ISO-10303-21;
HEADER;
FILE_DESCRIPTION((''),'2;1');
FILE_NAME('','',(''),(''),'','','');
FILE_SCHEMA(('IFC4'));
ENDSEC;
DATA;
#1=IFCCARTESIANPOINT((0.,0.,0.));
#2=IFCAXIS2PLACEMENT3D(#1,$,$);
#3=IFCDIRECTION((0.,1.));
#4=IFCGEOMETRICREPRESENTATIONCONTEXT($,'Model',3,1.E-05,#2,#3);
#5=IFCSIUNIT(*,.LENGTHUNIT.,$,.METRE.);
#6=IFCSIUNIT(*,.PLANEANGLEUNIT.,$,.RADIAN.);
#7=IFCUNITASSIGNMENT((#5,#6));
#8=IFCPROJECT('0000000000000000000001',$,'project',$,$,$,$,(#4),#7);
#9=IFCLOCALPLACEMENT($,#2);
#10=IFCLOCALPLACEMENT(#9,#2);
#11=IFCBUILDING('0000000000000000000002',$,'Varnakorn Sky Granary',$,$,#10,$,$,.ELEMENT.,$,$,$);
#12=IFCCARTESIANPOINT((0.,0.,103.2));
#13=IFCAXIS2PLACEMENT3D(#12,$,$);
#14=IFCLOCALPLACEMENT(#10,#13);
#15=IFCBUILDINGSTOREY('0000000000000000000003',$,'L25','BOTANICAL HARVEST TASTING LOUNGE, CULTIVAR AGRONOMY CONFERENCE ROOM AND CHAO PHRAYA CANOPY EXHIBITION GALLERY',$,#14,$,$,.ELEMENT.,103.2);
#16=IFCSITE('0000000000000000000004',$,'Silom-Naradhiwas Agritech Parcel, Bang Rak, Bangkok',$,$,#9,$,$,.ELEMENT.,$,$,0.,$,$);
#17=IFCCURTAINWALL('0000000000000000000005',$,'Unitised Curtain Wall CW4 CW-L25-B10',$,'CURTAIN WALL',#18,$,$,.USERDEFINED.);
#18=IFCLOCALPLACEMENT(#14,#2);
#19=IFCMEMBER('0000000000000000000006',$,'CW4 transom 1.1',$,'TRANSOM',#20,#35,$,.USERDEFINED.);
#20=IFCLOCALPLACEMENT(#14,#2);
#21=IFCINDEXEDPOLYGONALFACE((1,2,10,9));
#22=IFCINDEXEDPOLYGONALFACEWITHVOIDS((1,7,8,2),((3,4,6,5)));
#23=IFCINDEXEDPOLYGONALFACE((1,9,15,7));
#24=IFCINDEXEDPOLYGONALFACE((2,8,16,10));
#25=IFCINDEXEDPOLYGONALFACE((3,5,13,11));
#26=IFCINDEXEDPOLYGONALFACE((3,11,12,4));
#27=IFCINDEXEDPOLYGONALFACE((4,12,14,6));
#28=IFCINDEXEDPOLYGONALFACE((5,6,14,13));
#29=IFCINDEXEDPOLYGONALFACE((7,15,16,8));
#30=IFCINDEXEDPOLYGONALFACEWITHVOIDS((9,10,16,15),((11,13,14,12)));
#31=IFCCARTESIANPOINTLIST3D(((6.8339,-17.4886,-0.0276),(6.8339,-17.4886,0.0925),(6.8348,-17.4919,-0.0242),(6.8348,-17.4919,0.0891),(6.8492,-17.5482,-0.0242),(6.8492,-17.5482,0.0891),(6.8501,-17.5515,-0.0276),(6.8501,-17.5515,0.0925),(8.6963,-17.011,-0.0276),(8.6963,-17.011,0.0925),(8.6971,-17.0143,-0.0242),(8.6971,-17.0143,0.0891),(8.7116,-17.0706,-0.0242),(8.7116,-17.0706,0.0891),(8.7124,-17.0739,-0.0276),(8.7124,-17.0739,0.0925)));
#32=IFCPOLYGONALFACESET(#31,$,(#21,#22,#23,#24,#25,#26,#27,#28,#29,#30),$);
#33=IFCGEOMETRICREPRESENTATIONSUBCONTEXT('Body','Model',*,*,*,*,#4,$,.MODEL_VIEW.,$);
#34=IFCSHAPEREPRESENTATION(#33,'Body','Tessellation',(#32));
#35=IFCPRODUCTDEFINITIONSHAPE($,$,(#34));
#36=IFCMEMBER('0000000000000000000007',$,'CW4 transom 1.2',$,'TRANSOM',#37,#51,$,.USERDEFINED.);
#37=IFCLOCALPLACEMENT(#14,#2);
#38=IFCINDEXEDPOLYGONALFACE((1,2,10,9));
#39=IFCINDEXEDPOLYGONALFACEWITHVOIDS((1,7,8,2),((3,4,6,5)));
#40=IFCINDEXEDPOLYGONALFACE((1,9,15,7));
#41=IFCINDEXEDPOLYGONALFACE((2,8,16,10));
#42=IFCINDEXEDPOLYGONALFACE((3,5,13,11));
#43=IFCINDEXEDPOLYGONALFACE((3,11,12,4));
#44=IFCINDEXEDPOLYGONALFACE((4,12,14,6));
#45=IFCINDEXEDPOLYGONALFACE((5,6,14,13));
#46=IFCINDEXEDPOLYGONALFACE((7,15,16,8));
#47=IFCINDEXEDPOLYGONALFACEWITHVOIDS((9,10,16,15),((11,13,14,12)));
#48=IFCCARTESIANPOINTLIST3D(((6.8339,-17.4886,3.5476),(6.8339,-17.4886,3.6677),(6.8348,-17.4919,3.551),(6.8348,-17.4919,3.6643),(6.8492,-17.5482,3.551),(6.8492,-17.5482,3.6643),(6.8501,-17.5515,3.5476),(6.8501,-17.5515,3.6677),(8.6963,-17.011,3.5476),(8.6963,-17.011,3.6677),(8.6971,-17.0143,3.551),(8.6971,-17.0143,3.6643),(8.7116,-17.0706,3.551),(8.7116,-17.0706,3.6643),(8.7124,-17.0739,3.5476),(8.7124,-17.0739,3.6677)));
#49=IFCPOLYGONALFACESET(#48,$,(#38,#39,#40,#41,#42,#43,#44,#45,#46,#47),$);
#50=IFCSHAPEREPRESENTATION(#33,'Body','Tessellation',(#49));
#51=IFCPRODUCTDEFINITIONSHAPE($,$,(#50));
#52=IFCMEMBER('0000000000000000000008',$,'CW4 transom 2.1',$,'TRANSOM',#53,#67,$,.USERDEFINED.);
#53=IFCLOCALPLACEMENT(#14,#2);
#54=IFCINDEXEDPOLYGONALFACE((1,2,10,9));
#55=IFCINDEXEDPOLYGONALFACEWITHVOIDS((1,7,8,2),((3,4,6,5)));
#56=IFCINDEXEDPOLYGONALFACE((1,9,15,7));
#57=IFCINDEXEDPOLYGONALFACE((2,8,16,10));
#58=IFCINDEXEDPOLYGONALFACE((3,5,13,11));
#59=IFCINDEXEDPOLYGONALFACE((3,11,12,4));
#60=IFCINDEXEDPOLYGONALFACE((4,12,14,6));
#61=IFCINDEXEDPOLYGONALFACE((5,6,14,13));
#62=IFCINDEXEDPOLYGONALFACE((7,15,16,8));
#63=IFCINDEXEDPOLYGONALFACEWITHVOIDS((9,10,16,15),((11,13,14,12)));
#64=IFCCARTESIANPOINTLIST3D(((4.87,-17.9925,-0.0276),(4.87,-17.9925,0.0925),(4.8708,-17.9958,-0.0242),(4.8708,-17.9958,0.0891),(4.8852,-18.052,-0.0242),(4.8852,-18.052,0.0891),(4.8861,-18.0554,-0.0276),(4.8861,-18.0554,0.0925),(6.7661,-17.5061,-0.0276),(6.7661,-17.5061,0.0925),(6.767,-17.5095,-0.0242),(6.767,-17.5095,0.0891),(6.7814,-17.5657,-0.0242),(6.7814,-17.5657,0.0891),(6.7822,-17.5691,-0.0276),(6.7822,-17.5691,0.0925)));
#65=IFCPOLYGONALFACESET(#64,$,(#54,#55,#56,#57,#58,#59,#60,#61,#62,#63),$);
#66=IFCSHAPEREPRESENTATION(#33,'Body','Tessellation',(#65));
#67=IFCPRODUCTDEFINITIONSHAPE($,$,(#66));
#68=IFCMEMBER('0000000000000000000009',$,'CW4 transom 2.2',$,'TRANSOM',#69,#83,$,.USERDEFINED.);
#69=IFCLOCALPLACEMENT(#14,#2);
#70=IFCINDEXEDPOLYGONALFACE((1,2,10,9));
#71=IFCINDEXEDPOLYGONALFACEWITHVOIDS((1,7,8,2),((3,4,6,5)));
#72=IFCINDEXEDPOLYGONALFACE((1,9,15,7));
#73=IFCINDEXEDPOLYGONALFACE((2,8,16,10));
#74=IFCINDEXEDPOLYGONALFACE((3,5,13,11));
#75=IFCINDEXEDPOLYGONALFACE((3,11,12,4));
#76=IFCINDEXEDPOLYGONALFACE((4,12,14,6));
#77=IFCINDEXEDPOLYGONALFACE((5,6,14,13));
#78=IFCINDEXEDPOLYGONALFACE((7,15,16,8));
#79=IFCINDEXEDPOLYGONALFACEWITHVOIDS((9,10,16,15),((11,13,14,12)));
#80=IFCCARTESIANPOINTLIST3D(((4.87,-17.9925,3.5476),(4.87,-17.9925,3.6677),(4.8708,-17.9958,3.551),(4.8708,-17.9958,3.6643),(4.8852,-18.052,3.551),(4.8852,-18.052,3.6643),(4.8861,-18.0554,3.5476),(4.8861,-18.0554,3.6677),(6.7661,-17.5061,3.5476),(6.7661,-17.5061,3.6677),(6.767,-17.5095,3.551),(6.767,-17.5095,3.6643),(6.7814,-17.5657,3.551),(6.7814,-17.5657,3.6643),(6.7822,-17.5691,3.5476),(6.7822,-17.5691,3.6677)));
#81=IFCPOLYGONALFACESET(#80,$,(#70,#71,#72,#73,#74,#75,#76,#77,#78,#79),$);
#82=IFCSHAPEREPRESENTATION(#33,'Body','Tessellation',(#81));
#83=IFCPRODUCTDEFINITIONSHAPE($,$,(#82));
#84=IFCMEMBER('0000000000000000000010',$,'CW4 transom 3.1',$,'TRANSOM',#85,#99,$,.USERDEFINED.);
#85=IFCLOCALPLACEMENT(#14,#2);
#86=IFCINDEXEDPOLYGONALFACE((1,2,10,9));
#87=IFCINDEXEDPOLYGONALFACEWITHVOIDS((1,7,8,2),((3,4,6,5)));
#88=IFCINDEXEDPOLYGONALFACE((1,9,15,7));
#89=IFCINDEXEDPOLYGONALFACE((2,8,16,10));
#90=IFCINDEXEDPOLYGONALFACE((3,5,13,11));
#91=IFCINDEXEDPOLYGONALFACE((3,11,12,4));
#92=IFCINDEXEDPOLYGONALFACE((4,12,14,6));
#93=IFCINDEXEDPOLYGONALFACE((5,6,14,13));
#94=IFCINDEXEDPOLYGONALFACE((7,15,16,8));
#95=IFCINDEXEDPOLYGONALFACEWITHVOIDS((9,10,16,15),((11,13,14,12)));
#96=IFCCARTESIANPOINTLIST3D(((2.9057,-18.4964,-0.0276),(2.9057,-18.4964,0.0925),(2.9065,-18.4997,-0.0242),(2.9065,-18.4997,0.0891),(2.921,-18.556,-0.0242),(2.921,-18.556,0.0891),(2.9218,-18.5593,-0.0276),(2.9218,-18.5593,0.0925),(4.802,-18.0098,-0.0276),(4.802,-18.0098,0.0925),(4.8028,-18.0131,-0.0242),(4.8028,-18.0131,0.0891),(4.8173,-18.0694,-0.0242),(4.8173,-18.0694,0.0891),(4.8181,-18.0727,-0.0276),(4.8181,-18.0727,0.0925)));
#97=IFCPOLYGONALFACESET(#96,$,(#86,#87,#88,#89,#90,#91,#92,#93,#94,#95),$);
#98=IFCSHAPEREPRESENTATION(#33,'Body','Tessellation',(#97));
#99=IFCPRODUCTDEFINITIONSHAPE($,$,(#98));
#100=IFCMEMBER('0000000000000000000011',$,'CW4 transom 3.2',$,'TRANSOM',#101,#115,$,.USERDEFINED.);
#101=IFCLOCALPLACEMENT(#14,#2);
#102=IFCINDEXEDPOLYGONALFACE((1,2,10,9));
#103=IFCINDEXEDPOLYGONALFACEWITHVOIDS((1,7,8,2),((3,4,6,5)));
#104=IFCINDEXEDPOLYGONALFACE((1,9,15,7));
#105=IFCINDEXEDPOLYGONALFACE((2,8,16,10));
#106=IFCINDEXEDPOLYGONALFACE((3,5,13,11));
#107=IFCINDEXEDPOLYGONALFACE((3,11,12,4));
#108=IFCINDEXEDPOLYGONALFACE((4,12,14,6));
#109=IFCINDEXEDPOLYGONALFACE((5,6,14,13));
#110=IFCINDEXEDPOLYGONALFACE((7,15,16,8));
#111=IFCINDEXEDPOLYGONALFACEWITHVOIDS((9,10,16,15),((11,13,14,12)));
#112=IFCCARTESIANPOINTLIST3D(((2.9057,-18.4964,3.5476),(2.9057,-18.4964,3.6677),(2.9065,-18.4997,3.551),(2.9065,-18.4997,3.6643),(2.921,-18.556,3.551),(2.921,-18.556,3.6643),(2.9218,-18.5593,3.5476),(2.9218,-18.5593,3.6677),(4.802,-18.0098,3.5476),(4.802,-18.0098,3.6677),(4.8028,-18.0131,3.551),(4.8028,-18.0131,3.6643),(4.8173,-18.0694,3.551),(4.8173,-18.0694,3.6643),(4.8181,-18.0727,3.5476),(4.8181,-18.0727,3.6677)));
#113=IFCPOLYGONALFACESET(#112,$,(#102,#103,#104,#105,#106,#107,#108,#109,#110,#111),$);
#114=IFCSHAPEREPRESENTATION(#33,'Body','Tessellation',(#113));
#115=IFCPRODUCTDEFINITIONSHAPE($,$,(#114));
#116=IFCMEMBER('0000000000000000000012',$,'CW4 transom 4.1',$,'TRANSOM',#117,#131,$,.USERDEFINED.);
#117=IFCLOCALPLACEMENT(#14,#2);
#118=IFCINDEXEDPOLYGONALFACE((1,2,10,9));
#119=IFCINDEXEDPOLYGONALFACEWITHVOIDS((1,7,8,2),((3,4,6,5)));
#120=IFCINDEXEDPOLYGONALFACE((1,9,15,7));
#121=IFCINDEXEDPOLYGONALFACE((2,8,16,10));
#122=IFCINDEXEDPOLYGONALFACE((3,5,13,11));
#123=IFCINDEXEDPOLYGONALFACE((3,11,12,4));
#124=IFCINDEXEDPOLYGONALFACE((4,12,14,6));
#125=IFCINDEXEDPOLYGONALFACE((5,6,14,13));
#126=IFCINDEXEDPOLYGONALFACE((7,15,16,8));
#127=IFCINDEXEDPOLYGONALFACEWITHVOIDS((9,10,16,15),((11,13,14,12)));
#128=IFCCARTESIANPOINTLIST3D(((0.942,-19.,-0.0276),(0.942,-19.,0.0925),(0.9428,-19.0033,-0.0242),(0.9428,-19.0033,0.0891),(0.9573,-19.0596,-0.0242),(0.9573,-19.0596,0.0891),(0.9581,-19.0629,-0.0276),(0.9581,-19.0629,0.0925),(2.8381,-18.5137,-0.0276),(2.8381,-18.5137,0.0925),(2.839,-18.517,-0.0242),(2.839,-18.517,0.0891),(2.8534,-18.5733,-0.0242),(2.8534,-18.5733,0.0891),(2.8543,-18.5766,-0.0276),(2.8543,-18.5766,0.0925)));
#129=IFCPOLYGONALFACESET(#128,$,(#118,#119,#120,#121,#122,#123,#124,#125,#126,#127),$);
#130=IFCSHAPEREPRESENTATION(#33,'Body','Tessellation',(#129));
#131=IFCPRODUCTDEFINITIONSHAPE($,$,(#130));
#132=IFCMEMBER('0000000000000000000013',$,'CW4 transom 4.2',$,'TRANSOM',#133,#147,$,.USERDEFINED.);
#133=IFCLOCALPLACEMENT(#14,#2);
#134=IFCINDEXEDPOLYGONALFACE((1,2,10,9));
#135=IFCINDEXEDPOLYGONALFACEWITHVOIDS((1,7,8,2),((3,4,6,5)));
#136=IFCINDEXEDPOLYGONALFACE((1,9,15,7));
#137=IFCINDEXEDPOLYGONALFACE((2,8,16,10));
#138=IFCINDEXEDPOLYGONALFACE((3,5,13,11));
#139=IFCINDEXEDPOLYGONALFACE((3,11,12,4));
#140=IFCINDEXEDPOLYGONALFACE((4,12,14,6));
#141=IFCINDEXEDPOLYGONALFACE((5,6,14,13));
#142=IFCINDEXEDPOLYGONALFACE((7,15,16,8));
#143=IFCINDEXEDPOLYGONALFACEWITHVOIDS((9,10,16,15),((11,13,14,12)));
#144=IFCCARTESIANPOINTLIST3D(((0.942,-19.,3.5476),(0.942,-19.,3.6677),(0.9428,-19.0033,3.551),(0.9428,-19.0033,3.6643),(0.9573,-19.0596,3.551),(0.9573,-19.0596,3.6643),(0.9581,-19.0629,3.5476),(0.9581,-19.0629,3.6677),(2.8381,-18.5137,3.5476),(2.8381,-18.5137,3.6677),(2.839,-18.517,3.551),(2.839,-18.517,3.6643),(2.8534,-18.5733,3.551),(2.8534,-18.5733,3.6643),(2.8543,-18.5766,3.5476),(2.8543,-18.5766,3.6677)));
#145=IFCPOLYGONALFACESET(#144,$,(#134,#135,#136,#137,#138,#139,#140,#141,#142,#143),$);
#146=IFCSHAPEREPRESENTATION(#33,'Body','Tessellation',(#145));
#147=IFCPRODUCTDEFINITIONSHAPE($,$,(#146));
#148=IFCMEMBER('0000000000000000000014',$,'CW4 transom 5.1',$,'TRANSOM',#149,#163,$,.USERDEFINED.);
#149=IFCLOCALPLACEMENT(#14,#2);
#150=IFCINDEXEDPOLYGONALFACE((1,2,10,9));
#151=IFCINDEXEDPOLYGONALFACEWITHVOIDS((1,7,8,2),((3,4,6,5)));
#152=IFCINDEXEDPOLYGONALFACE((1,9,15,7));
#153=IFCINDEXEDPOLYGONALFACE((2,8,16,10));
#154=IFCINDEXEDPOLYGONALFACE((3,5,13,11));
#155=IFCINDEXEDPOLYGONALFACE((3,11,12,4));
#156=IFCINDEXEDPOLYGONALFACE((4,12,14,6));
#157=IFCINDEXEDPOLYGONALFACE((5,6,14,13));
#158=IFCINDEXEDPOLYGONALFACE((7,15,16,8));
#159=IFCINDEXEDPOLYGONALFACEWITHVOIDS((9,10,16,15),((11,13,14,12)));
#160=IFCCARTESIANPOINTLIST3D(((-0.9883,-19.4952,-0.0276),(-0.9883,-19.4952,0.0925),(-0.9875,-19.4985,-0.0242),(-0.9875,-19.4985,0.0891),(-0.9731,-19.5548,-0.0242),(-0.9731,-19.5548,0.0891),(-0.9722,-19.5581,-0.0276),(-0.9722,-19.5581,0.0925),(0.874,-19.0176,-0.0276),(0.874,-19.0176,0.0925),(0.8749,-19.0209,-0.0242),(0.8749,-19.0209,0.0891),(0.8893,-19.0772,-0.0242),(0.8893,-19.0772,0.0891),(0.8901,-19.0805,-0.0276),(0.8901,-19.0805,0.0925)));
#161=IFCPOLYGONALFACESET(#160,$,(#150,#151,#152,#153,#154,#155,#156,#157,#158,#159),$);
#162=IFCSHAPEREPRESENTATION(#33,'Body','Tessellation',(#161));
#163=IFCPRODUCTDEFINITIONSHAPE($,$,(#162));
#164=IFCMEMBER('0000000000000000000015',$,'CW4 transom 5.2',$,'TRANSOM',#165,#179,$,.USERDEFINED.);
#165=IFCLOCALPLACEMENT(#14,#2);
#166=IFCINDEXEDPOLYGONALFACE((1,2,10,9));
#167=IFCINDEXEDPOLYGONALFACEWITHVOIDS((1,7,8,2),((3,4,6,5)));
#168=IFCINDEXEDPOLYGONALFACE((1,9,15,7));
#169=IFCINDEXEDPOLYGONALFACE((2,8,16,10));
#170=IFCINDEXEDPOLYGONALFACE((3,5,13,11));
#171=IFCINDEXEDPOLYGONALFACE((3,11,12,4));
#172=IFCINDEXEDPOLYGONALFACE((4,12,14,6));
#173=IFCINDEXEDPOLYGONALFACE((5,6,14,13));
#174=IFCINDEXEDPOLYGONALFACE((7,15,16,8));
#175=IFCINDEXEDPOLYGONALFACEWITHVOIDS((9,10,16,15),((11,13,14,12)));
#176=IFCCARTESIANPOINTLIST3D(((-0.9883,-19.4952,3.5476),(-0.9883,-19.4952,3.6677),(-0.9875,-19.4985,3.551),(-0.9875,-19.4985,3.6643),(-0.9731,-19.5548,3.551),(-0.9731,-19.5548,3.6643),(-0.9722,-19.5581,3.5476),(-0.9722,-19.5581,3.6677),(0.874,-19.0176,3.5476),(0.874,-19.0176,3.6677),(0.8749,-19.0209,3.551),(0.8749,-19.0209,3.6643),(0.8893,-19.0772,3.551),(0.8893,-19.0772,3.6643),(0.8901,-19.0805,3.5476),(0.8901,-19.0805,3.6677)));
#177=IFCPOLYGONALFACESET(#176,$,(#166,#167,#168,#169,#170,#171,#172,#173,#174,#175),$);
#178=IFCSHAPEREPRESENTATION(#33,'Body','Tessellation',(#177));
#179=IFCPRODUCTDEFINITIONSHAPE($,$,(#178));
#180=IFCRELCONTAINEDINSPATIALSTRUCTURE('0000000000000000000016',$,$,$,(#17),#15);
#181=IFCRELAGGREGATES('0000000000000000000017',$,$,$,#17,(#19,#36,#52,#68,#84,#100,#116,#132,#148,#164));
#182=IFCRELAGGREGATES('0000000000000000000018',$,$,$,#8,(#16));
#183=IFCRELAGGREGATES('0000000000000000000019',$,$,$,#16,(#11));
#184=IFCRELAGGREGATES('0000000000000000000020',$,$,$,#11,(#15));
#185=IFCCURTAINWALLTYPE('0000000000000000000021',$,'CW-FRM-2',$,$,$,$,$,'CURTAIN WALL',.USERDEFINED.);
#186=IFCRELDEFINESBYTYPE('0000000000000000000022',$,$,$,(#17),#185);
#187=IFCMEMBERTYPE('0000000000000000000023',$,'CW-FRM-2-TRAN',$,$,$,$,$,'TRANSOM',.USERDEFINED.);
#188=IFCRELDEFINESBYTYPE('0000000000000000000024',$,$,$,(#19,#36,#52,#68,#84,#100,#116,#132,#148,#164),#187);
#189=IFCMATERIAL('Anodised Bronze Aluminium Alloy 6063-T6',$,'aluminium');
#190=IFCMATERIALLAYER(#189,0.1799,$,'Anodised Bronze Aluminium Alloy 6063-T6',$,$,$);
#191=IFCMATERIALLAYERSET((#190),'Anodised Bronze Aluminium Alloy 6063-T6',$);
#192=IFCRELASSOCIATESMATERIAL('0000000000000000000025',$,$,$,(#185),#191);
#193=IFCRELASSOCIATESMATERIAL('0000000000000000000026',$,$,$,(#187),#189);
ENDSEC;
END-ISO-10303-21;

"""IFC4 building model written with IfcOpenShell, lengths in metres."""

from ifc_helpers import new_model, si_unit, direction, frame, origin, origin_2d, place, context, subcontext, project, spatial, hollow_rectangle, extrude, material, layer, layer_set, material_profile, profile_set, type_object, element, aggregate, save


model = new_model("IFC4")

# Units and contexts
model_context = context("Model", 3, precision=1e-05, world=origin(), true_north=direction((0.0, 1.0)))
body_context = subcontext(model_context, "Body", "Model", "MODEL_VIEW")
ifc_project = project(units=[si_unit("LENGTHUNIT", "METRE"), si_unit("PLANEANGLEUNIT", "RADIAN")], contexts=[model_context])

# Site, building, storey
site_placement = place(None, origin())
site = spatial("IfcSite", under=ifc_project, at=site_placement, Name="Silom-Naradhiwas Agritech Parcel, Bang Rak, Bangkok", CompositionType="ELEMENT", RefElevation=0.0)
building_placement = place(site_placement, origin())
building = spatial("IfcBuilding", under=site, at=building_placement, Name="Varnakorn Sky Granary", CompositionType="ELEMENT")
storey_placement = place(building_placement, frame((0.0, 0.0, 103.2)))
storey = spatial("IfcBuildingStorey", under=building, at=storey_placement, Name="L25", Description="BOTANICAL HARVEST TASTING LOUNGE, CULTIVAR AGRONOMY CONFERENCE ROOM AND CHAO PHRAYA CANOPY EXHIBITION GALLERY", CompositionType="ELEMENT", Elevation=103.2)

# Curtain wall, members
ifc_material_1 = material(Name="Anodised Bronze Aluminium Alloy 6063-T6", Category="aluminium")
ifc_layer_1 = layer(ifc_material_1, 0.1799, Name="Anodised Bronze Aluminium Alloy 6063-T6")
ifc_layer_set_1 = layer_set([ifc_layer_1], Name="Anodised Bronze Aluminium Alloy 6063-T6")
curtain_wall_type = type_object("IfcCurtainWallType", Name="CW-FRM-2", ElementType="CURTAIN WALL", PredefinedType="USERDEFINED", material=ifc_layer_set_1)
curtain_wall_placement = place(storey_placement, origin())
curtain_wall = element("IfcCurtainWall", 1, at=curtain_wall_placement, inside=storey, type_object=curtain_wall_type, Name="Unitised Curtain Wall CW4 CW-L25-B10", ObjectType="CURTAIN WALL", PredefinedType="USERDEFINED")
ifc_material_profile_1 = material_profile(ifc_material_1, hollow_rectangle(XDim=0.0649, YDim=0.1201, WallThickness=0.0034, at=origin_2d()), Name="ALU TRAN 65x120")
ifc_profile_set_1 = profile_set([ifc_material_profile_1], Name="Anodised Bronze Aluminium Alloy 6063-T6")
member_type_1 = type_object("IfcMemberType", Name="CW-FRM-2-TRAN", ElementType="TRANSOM", PredefinedType="USERDEFINED", material=ifc_profile_set_1)
member_1_placement = place(storey_placement, frame((8.7043, -17.0425, 0.0325), z_axis=(-0.968661, -0.248388, 0.0), x_axis=(0.248388, -0.968661, 0.0)))
member_1 = element("IfcMember", 2, at=member_1_placement, type_object=member_type_1, Name="CW4 transom 1.1", ObjectType="TRANSOM", PredefinedType="USERDEFINED", context=body_context, shape_type="SweptSolid", body=[
    extrude(hollow_rectangle(XDim=0.0649, YDim=0.1201, WallThickness=0.0034, at=origin_2d()), origin(), (0.0, 0.0, 1.0), 1.9226),
])
member_2_placement = place(storey_placement, frame((8.7043, -17.0425, 3.6077), z_axis=(-0.968661, -0.248388, 0.0), x_axis=(0.248388, -0.968661, 0.0)))
member_2 = element("IfcMember", 3, at=member_2_placement, type_object=member_type_1, Name="CW4 transom 1.2", ObjectType="TRANSOM", PredefinedType="USERDEFINED", context=body_context, shape_type="SweptSolid", body=[
    extrude(hollow_rectangle(XDim=0.0649, YDim=0.1201, WallThickness=0.0034, at=origin_2d()), origin(), (0.0, 0.0, 1.0), 1.9226),
])
member_3_placement = place(storey_placement, frame((6.7742, -17.5376, 0.0325), z_axis=(-0.96865, -0.248429, 0.0), x_axis=(0.248429, -0.96865, 0.0)))
member_3 = element("IfcMember", 4, at=member_3_placement, type_object=member_type_1, Name="CW4 transom 2.1", ObjectType="TRANSOM", PredefinedType="USERDEFINED", context=body_context, shape_type="SweptSolid", body=[
    extrude(hollow_rectangle(XDim=0.0649, YDim=0.1201, WallThickness=0.0034, at=origin_2d()), origin(), (0.0, 0.0, 1.0), 1.9575),
])
member_4_placement = place(storey_placement, frame((6.7742, -17.5376, 3.6077), z_axis=(-0.96865, -0.248429, 0.0), x_axis=(0.248429, -0.96865, 0.0)))
member_4 = element("IfcMember", 5, at=member_4_placement, type_object=member_type_1, Name="CW4 transom 2.2", ObjectType="TRANSOM", PredefinedType="USERDEFINED", context=body_context, shape_type="SweptSolid", body=[
    extrude(hollow_rectangle(XDim=0.0649, YDim=0.1201, WallThickness=0.0034, at=origin_2d()), origin(), (0.0, 0.0, 1.0), 1.9575),
])
member_5_placement = place(storey_placement, frame((4.8101, -18.0413, 0.0325), z_axis=(-0.96862, -0.248546, 0.0), x_axis=(0.248546, -0.96862, 0.0)))
member_5 = element("IfcMember", 6, at=member_5_placement, type_object=member_type_1, Name="CW4 transom 3.1", ObjectType="TRANSOM", PredefinedType="USERDEFINED", context=body_context, shape_type="SweptSolid", body=[
    extrude(hollow_rectangle(XDim=0.0649, YDim=0.1201, WallThickness=0.0034, at=origin_2d()), origin(), (0.0, 0.0, 1.0), 1.9578),
])
member_6_placement = place(storey_placement, frame((4.8101, -18.0413, 3.6077), z_axis=(-0.96862, -0.248546, 0.0), x_axis=(0.248546, -0.96862, 0.0)))
member_6 = element("IfcMember", 7, at=member_6_placement, type_object=member_type_1, Name="CW4 transom 3.2", ObjectType="TRANSOM", PredefinedType="USERDEFINED", context=body_context, shape_type="SweptSolid", body=[
    extrude(hollow_rectangle(XDim=0.0649, YDim=0.1201, WallThickness=0.0034, at=origin_2d()), origin(), (0.0, 0.0, 1.0), 1.9578),
])
member_7_placement = place(storey_placement, frame((2.8462, -18.5452, 0.0325), z_axis=(-0.96865, -0.248429, 0.0), x_axis=(0.248429, -0.96865, 0.0)))
member_7 = element("IfcMember", 8, at=member_7_placement, type_object=member_type_1, Name="CW4 transom 4.1", ObjectType="TRANSOM", PredefinedType="USERDEFINED", context=body_context, shape_type="SweptSolid", body=[
    extrude(hollow_rectangle(XDim=0.0649, YDim=0.1201, WallThickness=0.0034, at=origin_2d()), origin(), (0.0, 0.0, 1.0), 1.9575),
])
member_8_placement = place(storey_placement, frame((2.8462, -18.5452, 3.6077), z_axis=(-0.96865, -0.248429, 0.0), x_axis=(0.248429, -0.96865, 0.0)))
member_8 = element("IfcMember", 9, at=member_8_placement, type_object=member_type_1, Name="CW4 transom 4.2", ObjectType="TRANSOM", PredefinedType="USERDEFINED", context=body_context, shape_type="SweptSolid", body=[
    extrude(hollow_rectangle(XDim=0.0649, YDim=0.1201, WallThickness=0.0034, at=origin_2d()), origin(), (0.0, 0.0, 1.0), 1.9575),
])
member_9_placement = place(storey_placement, frame((0.8821, -19.0491, 0.0325), z_axis=(-0.968661, -0.248388, 0.0), x_axis=(0.248388, -0.968661, 0.0)))
member_9 = element("IfcMember", 10, at=member_9_placement, type_object=member_type_1, Name="CW4 transom 5.1", ObjectType="TRANSOM", PredefinedType="USERDEFINED", context=body_context, shape_type="SweptSolid", body=[
    extrude(hollow_rectangle(XDim=0.0649, YDim=0.1201, WallThickness=0.0034, at=origin_2d()), origin(), (0.0, 0.0, 1.0), 1.9226),
])
member_10_placement = place(storey_placement, frame((0.8821, -19.0491, 3.6077), z_axis=(-0.968661, -0.248388, 0.0), x_axis=(0.248388, -0.968661, 0.0)))
member_10 = element("IfcMember", 11, at=member_10_placement, type_object=member_type_1, Name="CW4 transom 5.2", ObjectType="TRANSOM", PredefinedType="USERDEFINED", context=body_context, shape_type="SweptSolid", body=[
    extrude(hollow_rectangle(XDim=0.0649, YDim=0.1201, WallThickness=0.0034, at=origin_2d()), origin(), (0.0, 0.0, 1.0), 1.9226),
])

aggregate(curtain_wall, [member_1, member_2, member_3, member_4, member_5, member_6, member_7, member_8, member_9, member_10])

save(model, "model.ifc")
